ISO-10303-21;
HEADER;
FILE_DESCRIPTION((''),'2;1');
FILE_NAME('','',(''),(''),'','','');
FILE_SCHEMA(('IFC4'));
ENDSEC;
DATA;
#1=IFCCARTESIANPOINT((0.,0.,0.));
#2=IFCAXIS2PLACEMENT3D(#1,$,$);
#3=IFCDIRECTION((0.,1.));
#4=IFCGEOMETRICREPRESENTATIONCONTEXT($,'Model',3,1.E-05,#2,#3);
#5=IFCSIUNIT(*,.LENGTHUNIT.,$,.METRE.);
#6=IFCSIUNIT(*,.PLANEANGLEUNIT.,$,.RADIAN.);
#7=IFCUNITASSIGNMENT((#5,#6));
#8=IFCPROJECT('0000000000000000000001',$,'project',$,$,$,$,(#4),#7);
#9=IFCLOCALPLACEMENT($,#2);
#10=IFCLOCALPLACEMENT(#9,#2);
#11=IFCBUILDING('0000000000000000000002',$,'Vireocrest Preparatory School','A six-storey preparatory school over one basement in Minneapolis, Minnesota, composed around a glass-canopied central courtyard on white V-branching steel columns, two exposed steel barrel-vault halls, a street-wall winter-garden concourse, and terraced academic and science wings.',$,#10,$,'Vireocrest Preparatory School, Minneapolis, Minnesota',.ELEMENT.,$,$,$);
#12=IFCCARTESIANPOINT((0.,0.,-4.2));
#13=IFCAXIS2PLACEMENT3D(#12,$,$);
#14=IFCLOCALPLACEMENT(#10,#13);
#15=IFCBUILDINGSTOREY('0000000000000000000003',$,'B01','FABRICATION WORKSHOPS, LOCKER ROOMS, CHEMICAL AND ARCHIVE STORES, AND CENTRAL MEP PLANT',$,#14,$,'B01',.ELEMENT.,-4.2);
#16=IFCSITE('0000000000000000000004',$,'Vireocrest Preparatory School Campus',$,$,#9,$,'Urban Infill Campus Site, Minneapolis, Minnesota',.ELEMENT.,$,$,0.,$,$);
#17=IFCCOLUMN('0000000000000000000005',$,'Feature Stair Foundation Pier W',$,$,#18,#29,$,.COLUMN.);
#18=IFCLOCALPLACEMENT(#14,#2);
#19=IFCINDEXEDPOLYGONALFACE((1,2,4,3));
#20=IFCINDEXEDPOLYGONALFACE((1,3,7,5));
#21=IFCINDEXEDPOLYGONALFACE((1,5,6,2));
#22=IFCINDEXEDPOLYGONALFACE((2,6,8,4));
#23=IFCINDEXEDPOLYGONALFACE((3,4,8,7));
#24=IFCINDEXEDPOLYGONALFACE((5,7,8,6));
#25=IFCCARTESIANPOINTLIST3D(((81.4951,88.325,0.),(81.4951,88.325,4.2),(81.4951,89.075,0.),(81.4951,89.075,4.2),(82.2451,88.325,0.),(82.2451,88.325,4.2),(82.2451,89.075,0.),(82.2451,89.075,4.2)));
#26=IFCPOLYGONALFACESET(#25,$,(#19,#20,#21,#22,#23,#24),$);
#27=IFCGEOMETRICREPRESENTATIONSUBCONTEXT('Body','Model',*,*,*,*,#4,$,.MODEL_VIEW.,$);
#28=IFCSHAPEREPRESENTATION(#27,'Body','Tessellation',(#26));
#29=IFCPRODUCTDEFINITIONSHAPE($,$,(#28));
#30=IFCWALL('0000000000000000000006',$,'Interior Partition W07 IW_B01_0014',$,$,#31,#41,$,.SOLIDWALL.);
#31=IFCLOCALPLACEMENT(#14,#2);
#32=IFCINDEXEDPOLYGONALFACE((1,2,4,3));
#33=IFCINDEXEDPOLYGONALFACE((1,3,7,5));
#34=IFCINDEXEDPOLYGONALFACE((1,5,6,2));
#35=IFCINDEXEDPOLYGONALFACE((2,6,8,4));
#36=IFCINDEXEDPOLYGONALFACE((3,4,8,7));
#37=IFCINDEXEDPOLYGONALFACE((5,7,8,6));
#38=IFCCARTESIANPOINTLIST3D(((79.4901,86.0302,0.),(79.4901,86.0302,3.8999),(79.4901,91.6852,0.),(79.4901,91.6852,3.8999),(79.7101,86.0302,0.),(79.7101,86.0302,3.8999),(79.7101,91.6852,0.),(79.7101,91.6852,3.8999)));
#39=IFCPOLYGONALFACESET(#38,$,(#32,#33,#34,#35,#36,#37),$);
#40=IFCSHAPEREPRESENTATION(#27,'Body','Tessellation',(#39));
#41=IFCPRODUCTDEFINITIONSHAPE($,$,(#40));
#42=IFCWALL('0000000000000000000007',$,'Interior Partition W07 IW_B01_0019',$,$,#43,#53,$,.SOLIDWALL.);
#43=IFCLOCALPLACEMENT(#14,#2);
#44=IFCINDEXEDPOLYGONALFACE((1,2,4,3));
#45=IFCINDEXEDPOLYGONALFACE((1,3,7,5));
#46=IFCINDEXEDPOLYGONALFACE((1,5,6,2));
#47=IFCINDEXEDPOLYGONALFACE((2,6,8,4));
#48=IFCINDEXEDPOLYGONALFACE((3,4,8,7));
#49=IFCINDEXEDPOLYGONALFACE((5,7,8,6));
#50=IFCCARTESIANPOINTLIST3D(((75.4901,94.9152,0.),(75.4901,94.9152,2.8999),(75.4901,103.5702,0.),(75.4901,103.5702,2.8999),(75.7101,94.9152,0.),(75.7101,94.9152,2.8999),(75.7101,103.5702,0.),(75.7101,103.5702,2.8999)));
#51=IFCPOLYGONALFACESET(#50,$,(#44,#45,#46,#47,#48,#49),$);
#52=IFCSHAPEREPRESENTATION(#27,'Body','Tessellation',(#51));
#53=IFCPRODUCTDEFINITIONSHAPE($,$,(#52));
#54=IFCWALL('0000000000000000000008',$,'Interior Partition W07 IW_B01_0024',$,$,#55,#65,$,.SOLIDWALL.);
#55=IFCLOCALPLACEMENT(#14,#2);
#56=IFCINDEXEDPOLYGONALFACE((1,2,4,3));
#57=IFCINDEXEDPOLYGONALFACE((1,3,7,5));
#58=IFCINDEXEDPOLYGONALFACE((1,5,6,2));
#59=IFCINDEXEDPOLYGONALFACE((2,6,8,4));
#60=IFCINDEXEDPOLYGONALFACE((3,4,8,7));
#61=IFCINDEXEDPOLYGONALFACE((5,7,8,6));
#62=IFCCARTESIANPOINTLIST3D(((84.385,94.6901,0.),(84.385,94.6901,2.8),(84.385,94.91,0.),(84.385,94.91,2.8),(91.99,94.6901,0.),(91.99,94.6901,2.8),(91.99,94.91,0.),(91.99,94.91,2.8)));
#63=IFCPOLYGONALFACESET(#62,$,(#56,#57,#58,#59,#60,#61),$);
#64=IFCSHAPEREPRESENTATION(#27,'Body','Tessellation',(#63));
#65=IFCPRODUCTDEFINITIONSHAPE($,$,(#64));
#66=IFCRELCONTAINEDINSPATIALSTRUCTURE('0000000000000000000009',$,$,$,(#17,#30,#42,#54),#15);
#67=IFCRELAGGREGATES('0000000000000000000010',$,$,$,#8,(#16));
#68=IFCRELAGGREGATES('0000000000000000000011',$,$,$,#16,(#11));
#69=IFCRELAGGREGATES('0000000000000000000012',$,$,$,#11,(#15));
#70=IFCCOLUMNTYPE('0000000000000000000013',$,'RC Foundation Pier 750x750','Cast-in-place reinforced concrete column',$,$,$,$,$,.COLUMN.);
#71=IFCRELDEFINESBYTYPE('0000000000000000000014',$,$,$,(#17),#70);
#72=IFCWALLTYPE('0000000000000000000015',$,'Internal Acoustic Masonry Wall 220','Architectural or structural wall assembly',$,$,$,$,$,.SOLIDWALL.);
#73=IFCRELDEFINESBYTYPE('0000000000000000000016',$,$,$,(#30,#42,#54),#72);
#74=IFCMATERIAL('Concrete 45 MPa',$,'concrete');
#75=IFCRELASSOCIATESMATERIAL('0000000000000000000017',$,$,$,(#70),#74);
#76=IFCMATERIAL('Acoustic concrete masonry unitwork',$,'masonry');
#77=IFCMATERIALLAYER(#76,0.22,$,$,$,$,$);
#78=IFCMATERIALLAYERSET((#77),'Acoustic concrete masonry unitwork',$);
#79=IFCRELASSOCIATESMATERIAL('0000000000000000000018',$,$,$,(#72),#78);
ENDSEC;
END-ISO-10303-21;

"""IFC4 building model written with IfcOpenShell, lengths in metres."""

from ifc_helpers import new_model, si_unit, direction, frame, frame_2d, origin, origin_2d, place, context, subcontext, project, spatial, rectangle, extrude, material, layer, layer_set, material_profile, profile_set, type_object, element, save


model = new_model("IFC4")

# Units and contexts
model_context = context("Model", 3, precision=1e-05, world=origin(), true_north=direction((0.0, 1.0)))
body_context = subcontext(model_context, "Body", "Model", "MODEL_VIEW")
ifc_project = project(units=[si_unit("LENGTHUNIT", "METRE"), si_unit("PLANEANGLEUNIT", "RADIAN")], contexts=[model_context])

# Site, building, storey
site_placement = place(None, origin())
site = spatial("IfcSite", under=ifc_project, at=site_placement, Name="Vireocrest Preparatory School Campus", LongName="Urban Infill Campus Site, Minneapolis, Minnesota", CompositionType="ELEMENT", RefElevation=0.0)
building_placement = place(site_placement, origin())
building = spatial("IfcBuilding", under=site, at=building_placement, Name="Vireocrest Preparatory School", Description="A six-storey preparatory school over one basement in Minneapolis, Minnesota, composed around a glass-canopied central courtyard on white V-branching steel columns, two exposed steel barrel-vault halls, a street-wall winter-garden concourse, and terraced academic and science wings.", LongName="Vireocrest Preparatory School, Minneapolis, Minnesota", CompositionType="ELEMENT")
storey_placement = place(building_placement, frame((0.0, 0.0, -4.2)))
storey = spatial("IfcBuildingStorey", under=building, at=storey_placement, Name="B01", Description="FABRICATION WORKSHOPS, LOCKER ROOMS, CHEMICAL AND ARCHIVE STORES, AND CENTRAL MEP PLANT", LongName="B01", CompositionType="ELEMENT", Elevation=-4.2)

# Column
ifc_material_1 = material(Name="Concrete 45 MPa", Category="concrete")
ifc_material_profile_1 = material_profile(ifc_material_1, rectangle(XDim=0.75, YDim=0.75, at=origin_2d()), Name="RC 750x750")
ifc_profile_set_1 = profile_set([ifc_material_profile_1], Name="Concrete 45 MPa")
column_type = type_object("IfcColumnType", Name="RC Foundation Pier 750x750", Description="Cast-in-place reinforced concrete column", PredefinedType="COLUMN", material=ifc_profile_set_1)
for number, where, z_axis, x_axis, name in (
    (1, (81.8701, 88.7, 0.0), (0.0, 0.0, 1.0), (1.0, 0.0, 0.0), "Feature Stair Foundation Pier W"),
):
    element("IfcColumn", number, at=place(storey_placement, frame(where, z_axis=z_axis, x_axis=x_axis)), inside=storey, type_object=column_type, Name=name, PredefinedType="COLUMN", context=body_context, shape_type="SweptSolid", body=[
        extrude(rectangle(XDim=0.75, YDim=0.75, at=origin_2d()), origin(), (0.0, 0.0, 1.0), 4.2),
    ])

# Walls
ifc_material_2 = material(Name="Acoustic concrete masonry unitwork", Category="masonry")
ifc_layer = layer(ifc_material_2, 0.22)
ifc_layer_set = layer_set([ifc_layer], Name="Acoustic concrete masonry unitwork")
wall_type = type_object("IfcWallType", Name="Internal Acoustic Masonry Wall 220", Description="Architectural or structural wall assembly", PredefinedType="SOLIDWALL", material=ifc_layer_set)
wall_1_placement = place(storey_placement, frame((79.6001, 86.03, 0.0), z_axis=(0.0, 0.0, 1.0), x_axis=(0.0, 1.0, 0.0)))
element("IfcWall", 2, at=wall_1_placement, inside=storey, type_object=wall_type, Name="Interior Partition W07 IW_B01_0014", PredefinedType="SOLIDWALL", context=body_context, shape_type="SweptSolid", body=[
    extrude(rectangle(XDim=5.655, YDim=0.22, at=frame_2d((2.8276, 0.0))), origin(), (0.0, 0.0, 1.0), 3.8999),
])
wall_2_placement = place(storey_placement, frame((75.6001, 94.915, 0.0), z_axis=(0.0, 0.0, 1.0), x_axis=(0.0, 1.0, 0.0)))
element("IfcWall", 3, at=wall_2_placement, inside=storey, type_object=wall_type, Name="Interior Partition W07 IW_B01_0019", PredefinedType="SOLIDWALL", context=body_context, shape_type="SweptSolid", body=[
    extrude(rectangle(XDim=8.655, YDim=0.22, at=frame_2d((4.3276, 0.0))), origin(), (0.0, 0.0, 1.0), 2.8999),
])

# Wall
wall_3_placement = place(storey_placement, frame((84.385, 94.8, 0.0), z_axis=(0.0, 0.0, 1.0), x_axis=(1.0, 0.0, 0.0)))
element("IfcWall", 4, at=wall_3_placement, inside=storey, type_object=wall_type, Name="Interior Partition W07 IW_B01_0024", PredefinedType="SOLIDWALL", context=body_context, shape_type="SweptSolid", body=[
    extrude(rectangle(XDim=7.605, YDim=0.22, at=frame_2d((3.8025, 0.0))), origin(), (0.0, 0.0, 1.0), 2.8),
])

save(model, "model.ifc")
